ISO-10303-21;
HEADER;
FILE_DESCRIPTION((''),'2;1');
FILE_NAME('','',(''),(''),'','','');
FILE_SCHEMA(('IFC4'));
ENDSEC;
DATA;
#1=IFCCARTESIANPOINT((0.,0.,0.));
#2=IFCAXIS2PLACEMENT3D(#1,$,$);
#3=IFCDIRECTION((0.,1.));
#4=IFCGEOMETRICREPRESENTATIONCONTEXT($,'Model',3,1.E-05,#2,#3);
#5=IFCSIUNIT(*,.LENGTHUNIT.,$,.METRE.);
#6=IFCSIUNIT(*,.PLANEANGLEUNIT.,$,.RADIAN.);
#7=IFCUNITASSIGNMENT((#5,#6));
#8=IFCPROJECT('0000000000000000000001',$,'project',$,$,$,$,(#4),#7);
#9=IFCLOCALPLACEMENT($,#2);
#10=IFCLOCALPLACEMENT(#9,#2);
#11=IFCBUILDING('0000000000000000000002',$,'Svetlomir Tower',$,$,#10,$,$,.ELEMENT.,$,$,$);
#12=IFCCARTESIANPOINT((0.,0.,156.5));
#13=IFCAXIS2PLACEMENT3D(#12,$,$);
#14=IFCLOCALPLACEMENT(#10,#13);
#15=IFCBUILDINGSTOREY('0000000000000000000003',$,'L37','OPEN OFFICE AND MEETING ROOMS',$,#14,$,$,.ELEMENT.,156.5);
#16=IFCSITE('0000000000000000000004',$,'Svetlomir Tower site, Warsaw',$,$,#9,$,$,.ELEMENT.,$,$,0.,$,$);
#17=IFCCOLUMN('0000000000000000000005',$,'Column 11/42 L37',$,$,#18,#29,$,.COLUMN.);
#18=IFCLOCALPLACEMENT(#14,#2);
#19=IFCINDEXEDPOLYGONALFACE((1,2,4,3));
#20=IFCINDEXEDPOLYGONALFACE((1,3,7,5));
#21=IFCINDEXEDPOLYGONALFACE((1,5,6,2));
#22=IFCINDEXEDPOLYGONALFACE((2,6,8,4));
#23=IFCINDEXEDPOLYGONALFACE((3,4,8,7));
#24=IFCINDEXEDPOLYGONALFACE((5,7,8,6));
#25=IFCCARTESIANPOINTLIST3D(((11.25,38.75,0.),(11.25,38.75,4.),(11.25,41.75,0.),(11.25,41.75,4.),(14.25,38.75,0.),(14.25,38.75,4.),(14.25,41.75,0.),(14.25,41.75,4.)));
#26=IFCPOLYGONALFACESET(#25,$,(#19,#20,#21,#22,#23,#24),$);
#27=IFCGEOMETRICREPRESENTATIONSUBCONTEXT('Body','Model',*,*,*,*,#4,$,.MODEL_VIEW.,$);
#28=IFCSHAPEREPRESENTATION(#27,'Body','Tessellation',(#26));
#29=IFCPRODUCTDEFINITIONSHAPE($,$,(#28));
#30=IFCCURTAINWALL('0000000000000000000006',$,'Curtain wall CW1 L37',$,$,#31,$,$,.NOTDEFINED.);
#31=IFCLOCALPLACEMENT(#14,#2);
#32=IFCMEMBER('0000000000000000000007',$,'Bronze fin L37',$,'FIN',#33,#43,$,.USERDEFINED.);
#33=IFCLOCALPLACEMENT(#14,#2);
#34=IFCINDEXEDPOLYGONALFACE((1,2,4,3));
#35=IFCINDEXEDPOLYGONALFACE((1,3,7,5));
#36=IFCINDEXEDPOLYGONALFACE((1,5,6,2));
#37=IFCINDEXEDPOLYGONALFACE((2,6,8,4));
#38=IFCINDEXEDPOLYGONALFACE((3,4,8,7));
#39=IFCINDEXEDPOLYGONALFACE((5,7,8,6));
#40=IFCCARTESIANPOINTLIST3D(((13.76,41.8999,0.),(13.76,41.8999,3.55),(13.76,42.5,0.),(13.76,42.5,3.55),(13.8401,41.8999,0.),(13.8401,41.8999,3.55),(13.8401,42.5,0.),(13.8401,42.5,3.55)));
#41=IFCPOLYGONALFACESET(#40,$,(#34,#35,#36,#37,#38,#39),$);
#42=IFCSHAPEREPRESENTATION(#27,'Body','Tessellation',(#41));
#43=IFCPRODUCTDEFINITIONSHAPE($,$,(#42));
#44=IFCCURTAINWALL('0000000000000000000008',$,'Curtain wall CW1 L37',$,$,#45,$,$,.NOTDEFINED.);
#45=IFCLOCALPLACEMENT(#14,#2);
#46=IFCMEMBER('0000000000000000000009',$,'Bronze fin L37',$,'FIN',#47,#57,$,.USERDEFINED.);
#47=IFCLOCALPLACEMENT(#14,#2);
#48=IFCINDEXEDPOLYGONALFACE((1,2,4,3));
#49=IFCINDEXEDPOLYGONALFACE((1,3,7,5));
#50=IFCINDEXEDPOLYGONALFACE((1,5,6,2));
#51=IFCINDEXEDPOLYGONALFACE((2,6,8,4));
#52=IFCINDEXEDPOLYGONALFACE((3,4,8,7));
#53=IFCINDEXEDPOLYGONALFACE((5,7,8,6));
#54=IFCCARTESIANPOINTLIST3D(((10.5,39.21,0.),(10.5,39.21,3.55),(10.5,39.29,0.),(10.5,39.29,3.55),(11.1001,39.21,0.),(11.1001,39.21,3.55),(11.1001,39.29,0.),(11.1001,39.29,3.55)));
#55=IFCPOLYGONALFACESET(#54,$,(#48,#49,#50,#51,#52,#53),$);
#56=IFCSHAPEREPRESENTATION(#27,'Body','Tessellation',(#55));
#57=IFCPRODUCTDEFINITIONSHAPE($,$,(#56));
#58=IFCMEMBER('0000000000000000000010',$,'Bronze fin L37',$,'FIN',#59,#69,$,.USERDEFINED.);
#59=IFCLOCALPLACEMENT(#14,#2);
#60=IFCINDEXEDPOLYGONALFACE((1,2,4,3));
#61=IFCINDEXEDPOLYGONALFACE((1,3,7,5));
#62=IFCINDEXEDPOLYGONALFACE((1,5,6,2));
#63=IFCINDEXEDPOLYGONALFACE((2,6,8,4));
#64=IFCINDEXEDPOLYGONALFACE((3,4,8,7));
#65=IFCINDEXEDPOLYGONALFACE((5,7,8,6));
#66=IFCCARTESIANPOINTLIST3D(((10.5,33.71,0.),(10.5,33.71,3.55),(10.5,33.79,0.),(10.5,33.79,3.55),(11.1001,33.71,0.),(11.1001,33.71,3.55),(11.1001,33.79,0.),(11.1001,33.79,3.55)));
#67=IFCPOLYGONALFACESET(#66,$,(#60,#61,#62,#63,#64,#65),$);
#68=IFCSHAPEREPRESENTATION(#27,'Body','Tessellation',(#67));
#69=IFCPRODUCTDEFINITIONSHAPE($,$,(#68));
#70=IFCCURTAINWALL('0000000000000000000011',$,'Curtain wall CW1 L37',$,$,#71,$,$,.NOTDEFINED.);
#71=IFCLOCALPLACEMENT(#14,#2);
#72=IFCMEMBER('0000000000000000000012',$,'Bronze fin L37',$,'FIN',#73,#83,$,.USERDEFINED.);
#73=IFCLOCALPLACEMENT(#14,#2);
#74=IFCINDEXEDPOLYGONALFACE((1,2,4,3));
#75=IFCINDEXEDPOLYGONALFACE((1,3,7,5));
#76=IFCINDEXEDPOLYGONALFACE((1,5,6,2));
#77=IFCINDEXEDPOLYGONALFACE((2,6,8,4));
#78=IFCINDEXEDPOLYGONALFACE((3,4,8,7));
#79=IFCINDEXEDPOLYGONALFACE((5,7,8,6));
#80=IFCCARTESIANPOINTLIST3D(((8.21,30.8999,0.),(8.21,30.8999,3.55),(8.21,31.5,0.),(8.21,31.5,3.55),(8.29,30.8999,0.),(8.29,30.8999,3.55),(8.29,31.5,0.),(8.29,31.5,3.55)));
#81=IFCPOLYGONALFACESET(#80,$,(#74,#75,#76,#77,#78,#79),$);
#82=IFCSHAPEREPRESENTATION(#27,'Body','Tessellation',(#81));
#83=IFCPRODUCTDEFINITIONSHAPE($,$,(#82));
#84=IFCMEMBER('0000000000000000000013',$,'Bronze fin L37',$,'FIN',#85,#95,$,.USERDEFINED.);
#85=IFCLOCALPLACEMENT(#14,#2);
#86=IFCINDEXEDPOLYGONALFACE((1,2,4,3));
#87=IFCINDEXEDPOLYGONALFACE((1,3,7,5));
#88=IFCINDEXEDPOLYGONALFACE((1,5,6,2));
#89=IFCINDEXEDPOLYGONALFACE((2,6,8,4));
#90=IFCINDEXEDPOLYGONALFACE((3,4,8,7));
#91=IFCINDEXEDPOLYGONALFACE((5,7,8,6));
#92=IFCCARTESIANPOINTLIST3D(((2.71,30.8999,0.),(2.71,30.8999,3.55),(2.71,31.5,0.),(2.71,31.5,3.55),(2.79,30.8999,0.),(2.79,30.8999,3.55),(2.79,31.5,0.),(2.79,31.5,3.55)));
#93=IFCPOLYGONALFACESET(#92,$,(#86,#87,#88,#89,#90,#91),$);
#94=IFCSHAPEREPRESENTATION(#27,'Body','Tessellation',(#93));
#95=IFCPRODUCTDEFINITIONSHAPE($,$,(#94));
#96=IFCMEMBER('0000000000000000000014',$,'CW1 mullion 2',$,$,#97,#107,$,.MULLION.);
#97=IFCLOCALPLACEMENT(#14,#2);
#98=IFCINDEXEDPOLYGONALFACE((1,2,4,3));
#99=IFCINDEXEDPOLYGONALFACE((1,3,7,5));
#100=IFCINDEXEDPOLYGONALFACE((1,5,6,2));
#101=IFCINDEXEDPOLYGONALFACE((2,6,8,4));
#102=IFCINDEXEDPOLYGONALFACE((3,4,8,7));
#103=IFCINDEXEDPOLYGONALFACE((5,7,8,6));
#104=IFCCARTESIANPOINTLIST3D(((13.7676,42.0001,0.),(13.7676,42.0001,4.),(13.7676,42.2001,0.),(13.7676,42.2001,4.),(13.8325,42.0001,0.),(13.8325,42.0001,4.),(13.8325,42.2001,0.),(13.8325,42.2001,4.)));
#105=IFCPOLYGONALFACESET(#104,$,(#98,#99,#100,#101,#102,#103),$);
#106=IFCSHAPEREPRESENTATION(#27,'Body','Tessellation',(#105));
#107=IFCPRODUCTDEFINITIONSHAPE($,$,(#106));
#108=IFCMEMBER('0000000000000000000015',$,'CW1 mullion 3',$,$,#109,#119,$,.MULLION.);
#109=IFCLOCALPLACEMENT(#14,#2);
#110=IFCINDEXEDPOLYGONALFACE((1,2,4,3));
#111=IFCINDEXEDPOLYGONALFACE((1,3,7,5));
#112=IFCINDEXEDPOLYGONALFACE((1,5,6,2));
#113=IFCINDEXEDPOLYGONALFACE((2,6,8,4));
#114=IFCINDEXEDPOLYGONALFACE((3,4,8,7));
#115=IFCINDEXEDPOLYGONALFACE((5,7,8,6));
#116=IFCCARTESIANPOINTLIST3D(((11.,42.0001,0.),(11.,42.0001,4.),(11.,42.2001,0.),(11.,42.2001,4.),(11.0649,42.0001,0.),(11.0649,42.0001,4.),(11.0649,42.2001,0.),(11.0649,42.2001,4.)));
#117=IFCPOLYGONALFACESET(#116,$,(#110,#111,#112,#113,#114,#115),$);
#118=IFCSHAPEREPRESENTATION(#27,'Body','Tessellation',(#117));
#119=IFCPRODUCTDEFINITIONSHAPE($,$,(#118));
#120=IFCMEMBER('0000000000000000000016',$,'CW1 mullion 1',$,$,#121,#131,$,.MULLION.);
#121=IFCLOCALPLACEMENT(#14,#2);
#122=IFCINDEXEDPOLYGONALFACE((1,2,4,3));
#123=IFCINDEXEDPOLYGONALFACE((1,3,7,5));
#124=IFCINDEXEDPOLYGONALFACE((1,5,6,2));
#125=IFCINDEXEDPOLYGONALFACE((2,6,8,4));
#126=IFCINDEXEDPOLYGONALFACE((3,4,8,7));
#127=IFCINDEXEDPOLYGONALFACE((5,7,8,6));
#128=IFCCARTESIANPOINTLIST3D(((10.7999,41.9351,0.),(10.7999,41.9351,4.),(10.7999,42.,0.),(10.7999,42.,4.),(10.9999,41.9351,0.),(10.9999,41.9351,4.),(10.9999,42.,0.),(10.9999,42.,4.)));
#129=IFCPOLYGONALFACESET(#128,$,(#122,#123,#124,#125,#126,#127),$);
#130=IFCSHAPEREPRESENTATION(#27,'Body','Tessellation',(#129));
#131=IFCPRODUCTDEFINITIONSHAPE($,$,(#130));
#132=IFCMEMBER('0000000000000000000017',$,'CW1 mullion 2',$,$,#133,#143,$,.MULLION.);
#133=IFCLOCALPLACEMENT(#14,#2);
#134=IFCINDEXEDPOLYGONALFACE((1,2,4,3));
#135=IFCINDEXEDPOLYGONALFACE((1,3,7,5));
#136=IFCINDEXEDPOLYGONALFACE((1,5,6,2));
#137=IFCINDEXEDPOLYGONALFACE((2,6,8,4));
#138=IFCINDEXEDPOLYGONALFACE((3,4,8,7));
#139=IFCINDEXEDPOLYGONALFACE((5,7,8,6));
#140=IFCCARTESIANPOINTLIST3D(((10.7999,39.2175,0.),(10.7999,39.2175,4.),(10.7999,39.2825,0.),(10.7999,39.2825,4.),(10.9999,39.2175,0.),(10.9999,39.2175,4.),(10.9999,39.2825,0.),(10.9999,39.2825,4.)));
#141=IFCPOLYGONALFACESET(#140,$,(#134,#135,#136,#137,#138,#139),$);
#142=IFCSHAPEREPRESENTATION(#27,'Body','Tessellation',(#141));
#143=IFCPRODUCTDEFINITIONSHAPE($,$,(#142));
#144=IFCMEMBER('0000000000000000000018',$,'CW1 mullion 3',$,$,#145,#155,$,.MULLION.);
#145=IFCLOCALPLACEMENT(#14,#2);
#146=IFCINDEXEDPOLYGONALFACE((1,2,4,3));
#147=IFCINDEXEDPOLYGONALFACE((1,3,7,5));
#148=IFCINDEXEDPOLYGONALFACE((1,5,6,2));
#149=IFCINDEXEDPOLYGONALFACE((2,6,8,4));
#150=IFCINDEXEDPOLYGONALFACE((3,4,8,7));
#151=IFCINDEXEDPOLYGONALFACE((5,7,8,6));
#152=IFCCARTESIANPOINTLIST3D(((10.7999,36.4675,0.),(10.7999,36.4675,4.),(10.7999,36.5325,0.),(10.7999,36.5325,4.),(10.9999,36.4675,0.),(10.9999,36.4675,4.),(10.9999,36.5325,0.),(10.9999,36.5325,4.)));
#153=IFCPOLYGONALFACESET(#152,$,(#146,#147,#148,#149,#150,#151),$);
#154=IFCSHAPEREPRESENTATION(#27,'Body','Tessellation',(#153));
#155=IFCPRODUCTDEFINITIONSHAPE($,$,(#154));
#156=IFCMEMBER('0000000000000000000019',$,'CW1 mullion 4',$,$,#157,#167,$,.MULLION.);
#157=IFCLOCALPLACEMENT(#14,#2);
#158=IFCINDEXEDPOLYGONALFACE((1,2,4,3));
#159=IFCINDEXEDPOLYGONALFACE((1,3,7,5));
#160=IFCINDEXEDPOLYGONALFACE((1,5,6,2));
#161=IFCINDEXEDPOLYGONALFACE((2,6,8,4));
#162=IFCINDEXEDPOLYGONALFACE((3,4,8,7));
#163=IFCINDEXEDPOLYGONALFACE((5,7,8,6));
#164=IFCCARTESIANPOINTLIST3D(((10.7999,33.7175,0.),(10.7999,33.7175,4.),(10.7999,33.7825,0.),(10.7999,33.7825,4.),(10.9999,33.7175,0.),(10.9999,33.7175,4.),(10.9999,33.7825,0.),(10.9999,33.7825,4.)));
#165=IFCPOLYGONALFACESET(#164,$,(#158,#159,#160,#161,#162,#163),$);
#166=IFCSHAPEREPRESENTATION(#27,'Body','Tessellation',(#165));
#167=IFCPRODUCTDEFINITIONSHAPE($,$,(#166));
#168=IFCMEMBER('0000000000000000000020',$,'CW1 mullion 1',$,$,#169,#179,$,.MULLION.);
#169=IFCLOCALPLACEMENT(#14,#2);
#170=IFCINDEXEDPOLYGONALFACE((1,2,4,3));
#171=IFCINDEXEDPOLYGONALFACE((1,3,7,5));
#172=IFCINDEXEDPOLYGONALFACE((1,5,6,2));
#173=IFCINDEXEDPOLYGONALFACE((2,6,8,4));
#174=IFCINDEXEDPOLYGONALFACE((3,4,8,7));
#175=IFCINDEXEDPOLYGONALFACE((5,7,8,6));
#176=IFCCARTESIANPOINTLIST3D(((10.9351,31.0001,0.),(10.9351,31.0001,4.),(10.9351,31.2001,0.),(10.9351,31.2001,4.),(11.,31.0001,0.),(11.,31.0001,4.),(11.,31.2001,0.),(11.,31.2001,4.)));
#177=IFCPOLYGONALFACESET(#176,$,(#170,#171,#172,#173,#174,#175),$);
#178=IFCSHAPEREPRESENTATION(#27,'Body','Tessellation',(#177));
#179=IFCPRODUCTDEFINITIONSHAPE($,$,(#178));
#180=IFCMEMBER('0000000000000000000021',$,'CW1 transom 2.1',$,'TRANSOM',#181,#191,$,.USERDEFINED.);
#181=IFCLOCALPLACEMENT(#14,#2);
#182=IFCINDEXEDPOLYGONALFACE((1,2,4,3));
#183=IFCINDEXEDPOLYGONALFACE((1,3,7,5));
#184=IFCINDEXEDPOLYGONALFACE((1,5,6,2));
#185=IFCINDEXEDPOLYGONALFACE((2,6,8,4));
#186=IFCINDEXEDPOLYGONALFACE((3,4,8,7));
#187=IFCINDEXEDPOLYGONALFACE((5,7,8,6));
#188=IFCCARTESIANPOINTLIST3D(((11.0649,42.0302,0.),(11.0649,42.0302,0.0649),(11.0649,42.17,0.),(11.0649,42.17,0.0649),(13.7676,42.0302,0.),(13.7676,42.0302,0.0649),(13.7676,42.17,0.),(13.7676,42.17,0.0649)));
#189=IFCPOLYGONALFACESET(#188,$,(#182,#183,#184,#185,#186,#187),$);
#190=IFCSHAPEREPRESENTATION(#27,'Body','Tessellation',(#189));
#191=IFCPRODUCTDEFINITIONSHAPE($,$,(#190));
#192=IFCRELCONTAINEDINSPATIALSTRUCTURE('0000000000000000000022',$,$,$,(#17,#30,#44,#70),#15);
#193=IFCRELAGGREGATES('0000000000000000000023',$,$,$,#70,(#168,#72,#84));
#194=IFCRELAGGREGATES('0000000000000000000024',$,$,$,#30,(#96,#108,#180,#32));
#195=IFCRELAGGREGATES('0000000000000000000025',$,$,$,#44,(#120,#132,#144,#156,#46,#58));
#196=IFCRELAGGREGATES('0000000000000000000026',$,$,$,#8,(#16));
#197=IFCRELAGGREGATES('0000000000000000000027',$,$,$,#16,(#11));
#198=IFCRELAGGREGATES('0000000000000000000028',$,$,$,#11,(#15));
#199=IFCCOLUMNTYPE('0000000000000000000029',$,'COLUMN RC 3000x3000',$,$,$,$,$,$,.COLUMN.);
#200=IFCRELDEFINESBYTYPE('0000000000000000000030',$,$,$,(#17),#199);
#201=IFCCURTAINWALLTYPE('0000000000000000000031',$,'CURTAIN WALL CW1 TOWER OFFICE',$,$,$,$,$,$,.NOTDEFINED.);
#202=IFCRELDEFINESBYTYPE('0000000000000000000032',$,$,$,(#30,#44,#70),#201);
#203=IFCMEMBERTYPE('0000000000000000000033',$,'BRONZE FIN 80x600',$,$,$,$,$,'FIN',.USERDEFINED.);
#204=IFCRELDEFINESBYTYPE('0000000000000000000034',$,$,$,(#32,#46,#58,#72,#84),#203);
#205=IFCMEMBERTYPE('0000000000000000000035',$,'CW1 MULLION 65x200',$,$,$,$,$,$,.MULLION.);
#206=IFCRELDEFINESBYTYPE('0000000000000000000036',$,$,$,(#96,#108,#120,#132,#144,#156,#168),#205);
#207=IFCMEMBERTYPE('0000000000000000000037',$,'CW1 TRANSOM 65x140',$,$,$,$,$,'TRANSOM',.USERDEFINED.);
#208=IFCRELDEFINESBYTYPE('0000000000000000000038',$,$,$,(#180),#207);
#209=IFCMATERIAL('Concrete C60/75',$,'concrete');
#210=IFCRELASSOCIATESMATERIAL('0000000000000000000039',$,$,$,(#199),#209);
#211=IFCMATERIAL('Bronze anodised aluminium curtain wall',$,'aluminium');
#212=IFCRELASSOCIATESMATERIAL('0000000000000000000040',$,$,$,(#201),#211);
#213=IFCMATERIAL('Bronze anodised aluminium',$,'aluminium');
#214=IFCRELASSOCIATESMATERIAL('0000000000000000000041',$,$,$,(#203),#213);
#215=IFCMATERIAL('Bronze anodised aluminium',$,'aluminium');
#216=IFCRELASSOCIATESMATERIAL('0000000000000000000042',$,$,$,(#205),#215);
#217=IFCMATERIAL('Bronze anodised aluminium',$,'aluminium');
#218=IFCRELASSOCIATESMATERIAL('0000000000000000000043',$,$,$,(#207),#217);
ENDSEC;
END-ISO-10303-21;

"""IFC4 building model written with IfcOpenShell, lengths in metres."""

from ifc_helpers import new_model, si_unit, direction, frame, origin, origin_2d, place, context, subcontext, project, spatial, rectangle, extrude, material, material_profile, profile_set, type_object, element, aggregate, save


model = new_model("IFC4")

# Units and contexts
model_context = context("Model", 3, precision=1e-05, world=origin(), true_north=direction((0.0, 1.0)))
body_context = subcontext(model_context, "Body", "Model", "MODEL_VIEW")
ifc_project = project(units=[si_unit("LENGTHUNIT", "METRE"), si_unit("PLANEANGLEUNIT", "RADIAN")], contexts=[model_context])

# Site, building, storey
site_placement = place(None, origin())
site = spatial("IfcSite", under=ifc_project, at=site_placement, Name="Svetlomir Tower site, Warsaw", CompositionType="ELEMENT", RefElevation=0.0)
building_placement = place(site_placement, origin())
building = spatial("IfcBuilding", under=site, at=building_placement, Name="Svetlomir Tower", CompositionType="ELEMENT")
storey_placement = place(building_placement, frame((0.0, 0.0, 156.5)))
storey = spatial("IfcBuildingStorey", under=building, at=storey_placement, Name="L37", Description="OPEN OFFICE AND MEETING ROOMS", CompositionType="ELEMENT", Elevation=156.5)

# Column
ifc_material_1 = material(Name="Concrete C60/75", Category="concrete")
ifc_material_profile_1 = material_profile(ifc_material_1, rectangle(XDim=3.0, YDim=3.0, at=origin_2d()), Name="RC 3000x3000")
ifc_profile_set_1 = profile_set([ifc_material_profile_1], Name="Concrete C60/75")
column_type = type_object("IfcColumnType", Name="COLUMN RC 3000x3000", PredefinedType="COLUMN", material=ifc_profile_set_1)
column_placement = place(storey_placement, frame((12.75, 40.25, 0.0), z_axis=(0.0, 0.0, 1.0), x_axis=(1.0, 0.0, 0.0)))
element("IfcColumn", 1, at=column_placement, inside=storey, type_object=column_type, Name="Column 11/42 L37", PredefinedType="COLUMN", context=body_context, shape_type="SweptSolid", body=[
    extrude(rectangle(XDim=3.0, YDim=3.0, at=origin_2d()), origin(), (0.0, 0.0, 1.0), 4.0),
])

# Curtain wall, member
ifc_material_2 = material(Name="Bronze anodised aluminium curtain wall", Category="aluminium")
curtain_wall_type = type_object("IfcCurtainWallType", Name="CURTAIN WALL CW1 TOWER OFFICE", PredefinedType="NOTDEFINED", material=ifc_material_2)
curtain_wall_1_placement = place(storey_placement, origin())
curtain_wall_1 = element("IfcCurtainWall", 2, at=curtain_wall_1_placement, inside=storey, type_object=curtain_wall_type, Name="Curtain wall CW1 L37", PredefinedType="NOTDEFINED")
ifc_material_3 = material(Name="Bronze anodised aluminium", Category="aluminium")
ifc_material_profile_2 = material_profile(ifc_material_3, rectangle(XDim=0.0801, YDim=0.6001, at=origin_2d()), Name="FIN 80x600")
ifc_profile_set_2 = profile_set([ifc_material_profile_2], Name="Bronze anodised aluminium 6063-T6")
member_type_1 = type_object("IfcMemberType", Name="BRONZE FIN 80x600", ElementType="FIN", PredefinedType="USERDEFINED", material=ifc_profile_set_2)
member_1_placement = place(storey_placement, frame((13.8, 42.2, 0.0), z_axis=(0.0, 0.0, 1.0), x_axis=(1.0, 0.0, 0.0)))
member_1 = element("IfcMember", 3, at=member_1_placement, type_object=member_type_1, Name="Bronze fin L37", ObjectType="FIN", PredefinedType="USERDEFINED", context=body_context, shape_type="SweptSolid", body=[
    extrude(rectangle(XDim=0.0801, YDim=0.6001, at=origin_2d()), origin(), (0.0, 0.0, 1.0), 3.55),
])

# Curtain walls, members
curtain_wall_2_placement = place(storey_placement, origin())
curtain_wall_2 = element("IfcCurtainWall", 4, at=curtain_wall_2_placement, inside=storey, type_object=curtain_wall_type, Name="Curtain wall CW1 L37", PredefinedType="NOTDEFINED")
member_2_placement = place(storey_placement, frame((10.8, 39.25, 0.0), z_axis=(0.0, 0.0, 1.0), x_axis=(0.0, 1.0, 0.0)))
member_2 = element("IfcMember", 5, at=member_2_placement, type_object=member_type_1, Name="Bronze fin L37", ObjectType="FIN", PredefinedType="USERDEFINED", context=body_context, shape_type="SweptSolid", body=[
    extrude(rectangle(XDim=0.0801, YDim=0.6001, at=origin_2d()), origin(), (0.0, 0.0, 1.0), 3.55),
])
member_3_placement = place(storey_placement, frame((10.8, 33.75, 0.0), z_axis=(0.0, 0.0, 1.0), x_axis=(0.0, 1.0, 0.0)))
member_3 = element("IfcMember", 6, at=member_3_placement, type_object=member_type_1, Name="Bronze fin L37", ObjectType="FIN", PredefinedType="USERDEFINED", context=body_context, shape_type="SweptSolid", body=[
    extrude(rectangle(XDim=0.0801, YDim=0.6001, at=origin_2d()), origin(), (0.0, 0.0, 1.0), 3.55),
])
curtain_wall_3_placement = place(storey_placement, origin())
curtain_wall_3 = element("IfcCurtainWall", 7, at=curtain_wall_3_placement, inside=storey, type_object=curtain_wall_type, Name="Curtain wall CW1 L37", PredefinedType="NOTDEFINED")
member_4_placement = place(storey_placement, frame((8.25, 31.2, 0.0), z_axis=(0.0, 0.0, 1.0), x_axis=(1.0, 0.0, 0.0)))
member_4 = element("IfcMember", 8, at=member_4_placement, type_object=member_type_1, Name="Bronze fin L37", ObjectType="FIN", PredefinedType="USERDEFINED", context=body_context, shape_type="SweptSolid", body=[
    extrude(rectangle(XDim=0.0801, YDim=0.6001, at=origin_2d()), origin(), (0.0, 0.0, 1.0), 3.55),
])
member_5_placement = place(storey_placement, frame((2.75, 31.2, 0.0), z_axis=(0.0, 0.0, 1.0), x_axis=(1.0, 0.0, 0.0)))
member_5 = element("IfcMember", 9, at=member_5_placement, type_object=member_type_1, Name="Bronze fin L37", ObjectType="FIN", PredefinedType="USERDEFINED", context=body_context, shape_type="SweptSolid", body=[
    extrude(rectangle(XDim=0.0801, YDim=0.6001, at=origin_2d()), origin(), (0.0, 0.0, 1.0), 3.55),
])

# Members
ifc_material_4 = material(Name="Bronze anodised aluminium", Category="aluminium")
ifc_material_profile_3 = material_profile(ifc_material_4, rectangle(XDim=0.0649, YDim=0.2, at=origin_2d()), Name="AL 65x200")
ifc_profile_set_3 = profile_set([ifc_material_profile_3], Name="Bronze anodised aluminium 6063-T6")
member_type_2 = type_object("IfcMemberType", Name="CW1 MULLION 65x200", PredefinedType="MULLION", material=ifc_profile_set_3)
member_6_placement = place(storey_placement, frame((13.8, 42.1001, 0.0), z_axis=(0.0, 0.0, 1.0), x_axis=(-1.0, 0.0, 0.0)))
member_6 = element("IfcMember", 10, at=member_6_placement, type_object=member_type_2, Name="CW1 mullion 2", PredefinedType="MULLION", context=body_context, shape_type="SweptSolid", body=[
    extrude(rectangle(XDim=0.0649, YDim=0.2, at=origin_2d()), origin(), (0.0, 0.0, 1.0), 4.0),
])
member_7_placement = place(storey_placement, frame((11.0325, 42.1001, 0.0), z_axis=(0.0, 0.0, 1.0), x_axis=(-1.0, 0.0, 0.0)))
member_7 = element("IfcMember", 11, at=member_7_placement, type_object=member_type_2, Name="CW1 mullion 3", PredefinedType="MULLION", context=body_context, shape_type="SweptSolid", body=[
    extrude(rectangle(XDim=0.0649, YDim=0.2, at=origin_2d()), origin(), (0.0, 0.0, 1.0), 4.0),
])
member_8_placement = place(storey_placement, frame((10.8999, 41.9675, 0.0), z_axis=(0.0, 0.0, 1.0), x_axis=(0.0, -1.0, 0.0)))
member_8 = element("IfcMember", 12, at=member_8_placement, type_object=member_type_2, Name="CW1 mullion 1", PredefinedType="MULLION", context=body_context, shape_type="SweptSolid", body=[
    extrude(rectangle(XDim=0.0649, YDim=0.2, at=origin_2d()), origin(), (0.0, 0.0, 1.0), 4.0),
])
member_9_placement = place(storey_placement, frame((10.8999, 39.25, 0.0), z_axis=(0.0, 0.0, 1.0), x_axis=(0.0, -1.0, 0.0)))
member_9 = element("IfcMember", 13, at=member_9_placement, type_object=member_type_2, Name="CW1 mullion 2", PredefinedType="MULLION", context=body_context, shape_type="SweptSolid", body=[
    extrude(rectangle(XDim=0.0649, YDim=0.2, at=origin_2d()), origin(), (0.0, 0.0, 1.0), 4.0),
])
member_10_placement = place(storey_placement, frame((10.8999, 36.5, 0.0), z_axis=(0.0, 0.0, 1.0), x_axis=(0.0, -1.0, 0.0)))
member_10 = element("IfcMember", 14, at=member_10_placement, type_object=member_type_2, Name="CW1 mullion 3", PredefinedType="MULLION", context=body_context, shape_type="SweptSolid", body=[
    extrude(rectangle(XDim=0.0649, YDim=0.2, at=origin_2d()), origin(), (0.0, 0.0, 1.0), 4.0),
])
member_11_placement = place(storey_placement, frame((10.8999, 33.75, 0.0), z_axis=(0.0, 0.0, 1.0), x_axis=(0.0, -1.0, 0.0)))
member_11 = element("IfcMember", 15, at=member_11_placement, type_object=member_type_2, Name="CW1 mullion 4", PredefinedType="MULLION", context=body_context, shape_type="SweptSolid", body=[
    extrude(rectangle(XDim=0.0649, YDim=0.2, at=origin_2d()), origin(), (0.0, 0.0, 1.0), 4.0),
])
member_12_placement = place(storey_placement, frame((10.9675, 31.1001, 0.0), z_axis=(0.0, 0.0, 1.0), x_axis=(-1.0, 0.0, 0.0)))
member_12 = element("IfcMember", 16, at=member_12_placement, type_object=member_type_2, Name="CW1 mullion 1", PredefinedType="MULLION", context=body_context, shape_type="SweptSolid", body=[
    extrude(rectangle(XDim=0.0649, YDim=0.2, at=origin_2d()), origin(), (0.0, 0.0, 1.0), 4.0),
])
ifc_material_5 = material(Name="Bronze anodised aluminium", Category="aluminium")
ifc_material_profile_4 = material_profile(ifc_material_5, rectangle(XDim=0.1399, YDim=0.0649, at=origin_2d()), Name="AL 140x65")
ifc_profile_set_4 = profile_set([ifc_material_profile_4], Name="Bronze anodised aluminium 6063-T6")
member_type_3 = type_object("IfcMemberType", Name="CW1 TRANSOM 65x140", ElementType="TRANSOM", PredefinedType="USERDEFINED", material=ifc_profile_set_4)
member_13_placement = place(storey_placement, frame((13.7676, 42.1001, 0.0325), z_axis=(-1.0, 0.0, 0.0), x_axis=(0.0, -1.0, 0.0)))
member_13 = element("IfcMember", 17, at=member_13_placement, type_object=member_type_3, Name="CW1 transom 2.1", ObjectType="TRANSOM", PredefinedType="USERDEFINED", context=body_context, shape_type="SweptSolid", body=[
    extrude(rectangle(XDim=0.1399, YDim=0.0649, at=origin_2d()), origin(), (0.0, 0.0, 1.0), 2.7026),
])
aggregate(curtain_wall_3, [member_12, member_4, member_5])

aggregate(curtain_wall_1, [member_6, member_7, member_13, member_1])
aggregate(curtain_wall_2, [member_8, member_9, member_10, member_11, member_2, member_3])

save(model, "model.ifc")
